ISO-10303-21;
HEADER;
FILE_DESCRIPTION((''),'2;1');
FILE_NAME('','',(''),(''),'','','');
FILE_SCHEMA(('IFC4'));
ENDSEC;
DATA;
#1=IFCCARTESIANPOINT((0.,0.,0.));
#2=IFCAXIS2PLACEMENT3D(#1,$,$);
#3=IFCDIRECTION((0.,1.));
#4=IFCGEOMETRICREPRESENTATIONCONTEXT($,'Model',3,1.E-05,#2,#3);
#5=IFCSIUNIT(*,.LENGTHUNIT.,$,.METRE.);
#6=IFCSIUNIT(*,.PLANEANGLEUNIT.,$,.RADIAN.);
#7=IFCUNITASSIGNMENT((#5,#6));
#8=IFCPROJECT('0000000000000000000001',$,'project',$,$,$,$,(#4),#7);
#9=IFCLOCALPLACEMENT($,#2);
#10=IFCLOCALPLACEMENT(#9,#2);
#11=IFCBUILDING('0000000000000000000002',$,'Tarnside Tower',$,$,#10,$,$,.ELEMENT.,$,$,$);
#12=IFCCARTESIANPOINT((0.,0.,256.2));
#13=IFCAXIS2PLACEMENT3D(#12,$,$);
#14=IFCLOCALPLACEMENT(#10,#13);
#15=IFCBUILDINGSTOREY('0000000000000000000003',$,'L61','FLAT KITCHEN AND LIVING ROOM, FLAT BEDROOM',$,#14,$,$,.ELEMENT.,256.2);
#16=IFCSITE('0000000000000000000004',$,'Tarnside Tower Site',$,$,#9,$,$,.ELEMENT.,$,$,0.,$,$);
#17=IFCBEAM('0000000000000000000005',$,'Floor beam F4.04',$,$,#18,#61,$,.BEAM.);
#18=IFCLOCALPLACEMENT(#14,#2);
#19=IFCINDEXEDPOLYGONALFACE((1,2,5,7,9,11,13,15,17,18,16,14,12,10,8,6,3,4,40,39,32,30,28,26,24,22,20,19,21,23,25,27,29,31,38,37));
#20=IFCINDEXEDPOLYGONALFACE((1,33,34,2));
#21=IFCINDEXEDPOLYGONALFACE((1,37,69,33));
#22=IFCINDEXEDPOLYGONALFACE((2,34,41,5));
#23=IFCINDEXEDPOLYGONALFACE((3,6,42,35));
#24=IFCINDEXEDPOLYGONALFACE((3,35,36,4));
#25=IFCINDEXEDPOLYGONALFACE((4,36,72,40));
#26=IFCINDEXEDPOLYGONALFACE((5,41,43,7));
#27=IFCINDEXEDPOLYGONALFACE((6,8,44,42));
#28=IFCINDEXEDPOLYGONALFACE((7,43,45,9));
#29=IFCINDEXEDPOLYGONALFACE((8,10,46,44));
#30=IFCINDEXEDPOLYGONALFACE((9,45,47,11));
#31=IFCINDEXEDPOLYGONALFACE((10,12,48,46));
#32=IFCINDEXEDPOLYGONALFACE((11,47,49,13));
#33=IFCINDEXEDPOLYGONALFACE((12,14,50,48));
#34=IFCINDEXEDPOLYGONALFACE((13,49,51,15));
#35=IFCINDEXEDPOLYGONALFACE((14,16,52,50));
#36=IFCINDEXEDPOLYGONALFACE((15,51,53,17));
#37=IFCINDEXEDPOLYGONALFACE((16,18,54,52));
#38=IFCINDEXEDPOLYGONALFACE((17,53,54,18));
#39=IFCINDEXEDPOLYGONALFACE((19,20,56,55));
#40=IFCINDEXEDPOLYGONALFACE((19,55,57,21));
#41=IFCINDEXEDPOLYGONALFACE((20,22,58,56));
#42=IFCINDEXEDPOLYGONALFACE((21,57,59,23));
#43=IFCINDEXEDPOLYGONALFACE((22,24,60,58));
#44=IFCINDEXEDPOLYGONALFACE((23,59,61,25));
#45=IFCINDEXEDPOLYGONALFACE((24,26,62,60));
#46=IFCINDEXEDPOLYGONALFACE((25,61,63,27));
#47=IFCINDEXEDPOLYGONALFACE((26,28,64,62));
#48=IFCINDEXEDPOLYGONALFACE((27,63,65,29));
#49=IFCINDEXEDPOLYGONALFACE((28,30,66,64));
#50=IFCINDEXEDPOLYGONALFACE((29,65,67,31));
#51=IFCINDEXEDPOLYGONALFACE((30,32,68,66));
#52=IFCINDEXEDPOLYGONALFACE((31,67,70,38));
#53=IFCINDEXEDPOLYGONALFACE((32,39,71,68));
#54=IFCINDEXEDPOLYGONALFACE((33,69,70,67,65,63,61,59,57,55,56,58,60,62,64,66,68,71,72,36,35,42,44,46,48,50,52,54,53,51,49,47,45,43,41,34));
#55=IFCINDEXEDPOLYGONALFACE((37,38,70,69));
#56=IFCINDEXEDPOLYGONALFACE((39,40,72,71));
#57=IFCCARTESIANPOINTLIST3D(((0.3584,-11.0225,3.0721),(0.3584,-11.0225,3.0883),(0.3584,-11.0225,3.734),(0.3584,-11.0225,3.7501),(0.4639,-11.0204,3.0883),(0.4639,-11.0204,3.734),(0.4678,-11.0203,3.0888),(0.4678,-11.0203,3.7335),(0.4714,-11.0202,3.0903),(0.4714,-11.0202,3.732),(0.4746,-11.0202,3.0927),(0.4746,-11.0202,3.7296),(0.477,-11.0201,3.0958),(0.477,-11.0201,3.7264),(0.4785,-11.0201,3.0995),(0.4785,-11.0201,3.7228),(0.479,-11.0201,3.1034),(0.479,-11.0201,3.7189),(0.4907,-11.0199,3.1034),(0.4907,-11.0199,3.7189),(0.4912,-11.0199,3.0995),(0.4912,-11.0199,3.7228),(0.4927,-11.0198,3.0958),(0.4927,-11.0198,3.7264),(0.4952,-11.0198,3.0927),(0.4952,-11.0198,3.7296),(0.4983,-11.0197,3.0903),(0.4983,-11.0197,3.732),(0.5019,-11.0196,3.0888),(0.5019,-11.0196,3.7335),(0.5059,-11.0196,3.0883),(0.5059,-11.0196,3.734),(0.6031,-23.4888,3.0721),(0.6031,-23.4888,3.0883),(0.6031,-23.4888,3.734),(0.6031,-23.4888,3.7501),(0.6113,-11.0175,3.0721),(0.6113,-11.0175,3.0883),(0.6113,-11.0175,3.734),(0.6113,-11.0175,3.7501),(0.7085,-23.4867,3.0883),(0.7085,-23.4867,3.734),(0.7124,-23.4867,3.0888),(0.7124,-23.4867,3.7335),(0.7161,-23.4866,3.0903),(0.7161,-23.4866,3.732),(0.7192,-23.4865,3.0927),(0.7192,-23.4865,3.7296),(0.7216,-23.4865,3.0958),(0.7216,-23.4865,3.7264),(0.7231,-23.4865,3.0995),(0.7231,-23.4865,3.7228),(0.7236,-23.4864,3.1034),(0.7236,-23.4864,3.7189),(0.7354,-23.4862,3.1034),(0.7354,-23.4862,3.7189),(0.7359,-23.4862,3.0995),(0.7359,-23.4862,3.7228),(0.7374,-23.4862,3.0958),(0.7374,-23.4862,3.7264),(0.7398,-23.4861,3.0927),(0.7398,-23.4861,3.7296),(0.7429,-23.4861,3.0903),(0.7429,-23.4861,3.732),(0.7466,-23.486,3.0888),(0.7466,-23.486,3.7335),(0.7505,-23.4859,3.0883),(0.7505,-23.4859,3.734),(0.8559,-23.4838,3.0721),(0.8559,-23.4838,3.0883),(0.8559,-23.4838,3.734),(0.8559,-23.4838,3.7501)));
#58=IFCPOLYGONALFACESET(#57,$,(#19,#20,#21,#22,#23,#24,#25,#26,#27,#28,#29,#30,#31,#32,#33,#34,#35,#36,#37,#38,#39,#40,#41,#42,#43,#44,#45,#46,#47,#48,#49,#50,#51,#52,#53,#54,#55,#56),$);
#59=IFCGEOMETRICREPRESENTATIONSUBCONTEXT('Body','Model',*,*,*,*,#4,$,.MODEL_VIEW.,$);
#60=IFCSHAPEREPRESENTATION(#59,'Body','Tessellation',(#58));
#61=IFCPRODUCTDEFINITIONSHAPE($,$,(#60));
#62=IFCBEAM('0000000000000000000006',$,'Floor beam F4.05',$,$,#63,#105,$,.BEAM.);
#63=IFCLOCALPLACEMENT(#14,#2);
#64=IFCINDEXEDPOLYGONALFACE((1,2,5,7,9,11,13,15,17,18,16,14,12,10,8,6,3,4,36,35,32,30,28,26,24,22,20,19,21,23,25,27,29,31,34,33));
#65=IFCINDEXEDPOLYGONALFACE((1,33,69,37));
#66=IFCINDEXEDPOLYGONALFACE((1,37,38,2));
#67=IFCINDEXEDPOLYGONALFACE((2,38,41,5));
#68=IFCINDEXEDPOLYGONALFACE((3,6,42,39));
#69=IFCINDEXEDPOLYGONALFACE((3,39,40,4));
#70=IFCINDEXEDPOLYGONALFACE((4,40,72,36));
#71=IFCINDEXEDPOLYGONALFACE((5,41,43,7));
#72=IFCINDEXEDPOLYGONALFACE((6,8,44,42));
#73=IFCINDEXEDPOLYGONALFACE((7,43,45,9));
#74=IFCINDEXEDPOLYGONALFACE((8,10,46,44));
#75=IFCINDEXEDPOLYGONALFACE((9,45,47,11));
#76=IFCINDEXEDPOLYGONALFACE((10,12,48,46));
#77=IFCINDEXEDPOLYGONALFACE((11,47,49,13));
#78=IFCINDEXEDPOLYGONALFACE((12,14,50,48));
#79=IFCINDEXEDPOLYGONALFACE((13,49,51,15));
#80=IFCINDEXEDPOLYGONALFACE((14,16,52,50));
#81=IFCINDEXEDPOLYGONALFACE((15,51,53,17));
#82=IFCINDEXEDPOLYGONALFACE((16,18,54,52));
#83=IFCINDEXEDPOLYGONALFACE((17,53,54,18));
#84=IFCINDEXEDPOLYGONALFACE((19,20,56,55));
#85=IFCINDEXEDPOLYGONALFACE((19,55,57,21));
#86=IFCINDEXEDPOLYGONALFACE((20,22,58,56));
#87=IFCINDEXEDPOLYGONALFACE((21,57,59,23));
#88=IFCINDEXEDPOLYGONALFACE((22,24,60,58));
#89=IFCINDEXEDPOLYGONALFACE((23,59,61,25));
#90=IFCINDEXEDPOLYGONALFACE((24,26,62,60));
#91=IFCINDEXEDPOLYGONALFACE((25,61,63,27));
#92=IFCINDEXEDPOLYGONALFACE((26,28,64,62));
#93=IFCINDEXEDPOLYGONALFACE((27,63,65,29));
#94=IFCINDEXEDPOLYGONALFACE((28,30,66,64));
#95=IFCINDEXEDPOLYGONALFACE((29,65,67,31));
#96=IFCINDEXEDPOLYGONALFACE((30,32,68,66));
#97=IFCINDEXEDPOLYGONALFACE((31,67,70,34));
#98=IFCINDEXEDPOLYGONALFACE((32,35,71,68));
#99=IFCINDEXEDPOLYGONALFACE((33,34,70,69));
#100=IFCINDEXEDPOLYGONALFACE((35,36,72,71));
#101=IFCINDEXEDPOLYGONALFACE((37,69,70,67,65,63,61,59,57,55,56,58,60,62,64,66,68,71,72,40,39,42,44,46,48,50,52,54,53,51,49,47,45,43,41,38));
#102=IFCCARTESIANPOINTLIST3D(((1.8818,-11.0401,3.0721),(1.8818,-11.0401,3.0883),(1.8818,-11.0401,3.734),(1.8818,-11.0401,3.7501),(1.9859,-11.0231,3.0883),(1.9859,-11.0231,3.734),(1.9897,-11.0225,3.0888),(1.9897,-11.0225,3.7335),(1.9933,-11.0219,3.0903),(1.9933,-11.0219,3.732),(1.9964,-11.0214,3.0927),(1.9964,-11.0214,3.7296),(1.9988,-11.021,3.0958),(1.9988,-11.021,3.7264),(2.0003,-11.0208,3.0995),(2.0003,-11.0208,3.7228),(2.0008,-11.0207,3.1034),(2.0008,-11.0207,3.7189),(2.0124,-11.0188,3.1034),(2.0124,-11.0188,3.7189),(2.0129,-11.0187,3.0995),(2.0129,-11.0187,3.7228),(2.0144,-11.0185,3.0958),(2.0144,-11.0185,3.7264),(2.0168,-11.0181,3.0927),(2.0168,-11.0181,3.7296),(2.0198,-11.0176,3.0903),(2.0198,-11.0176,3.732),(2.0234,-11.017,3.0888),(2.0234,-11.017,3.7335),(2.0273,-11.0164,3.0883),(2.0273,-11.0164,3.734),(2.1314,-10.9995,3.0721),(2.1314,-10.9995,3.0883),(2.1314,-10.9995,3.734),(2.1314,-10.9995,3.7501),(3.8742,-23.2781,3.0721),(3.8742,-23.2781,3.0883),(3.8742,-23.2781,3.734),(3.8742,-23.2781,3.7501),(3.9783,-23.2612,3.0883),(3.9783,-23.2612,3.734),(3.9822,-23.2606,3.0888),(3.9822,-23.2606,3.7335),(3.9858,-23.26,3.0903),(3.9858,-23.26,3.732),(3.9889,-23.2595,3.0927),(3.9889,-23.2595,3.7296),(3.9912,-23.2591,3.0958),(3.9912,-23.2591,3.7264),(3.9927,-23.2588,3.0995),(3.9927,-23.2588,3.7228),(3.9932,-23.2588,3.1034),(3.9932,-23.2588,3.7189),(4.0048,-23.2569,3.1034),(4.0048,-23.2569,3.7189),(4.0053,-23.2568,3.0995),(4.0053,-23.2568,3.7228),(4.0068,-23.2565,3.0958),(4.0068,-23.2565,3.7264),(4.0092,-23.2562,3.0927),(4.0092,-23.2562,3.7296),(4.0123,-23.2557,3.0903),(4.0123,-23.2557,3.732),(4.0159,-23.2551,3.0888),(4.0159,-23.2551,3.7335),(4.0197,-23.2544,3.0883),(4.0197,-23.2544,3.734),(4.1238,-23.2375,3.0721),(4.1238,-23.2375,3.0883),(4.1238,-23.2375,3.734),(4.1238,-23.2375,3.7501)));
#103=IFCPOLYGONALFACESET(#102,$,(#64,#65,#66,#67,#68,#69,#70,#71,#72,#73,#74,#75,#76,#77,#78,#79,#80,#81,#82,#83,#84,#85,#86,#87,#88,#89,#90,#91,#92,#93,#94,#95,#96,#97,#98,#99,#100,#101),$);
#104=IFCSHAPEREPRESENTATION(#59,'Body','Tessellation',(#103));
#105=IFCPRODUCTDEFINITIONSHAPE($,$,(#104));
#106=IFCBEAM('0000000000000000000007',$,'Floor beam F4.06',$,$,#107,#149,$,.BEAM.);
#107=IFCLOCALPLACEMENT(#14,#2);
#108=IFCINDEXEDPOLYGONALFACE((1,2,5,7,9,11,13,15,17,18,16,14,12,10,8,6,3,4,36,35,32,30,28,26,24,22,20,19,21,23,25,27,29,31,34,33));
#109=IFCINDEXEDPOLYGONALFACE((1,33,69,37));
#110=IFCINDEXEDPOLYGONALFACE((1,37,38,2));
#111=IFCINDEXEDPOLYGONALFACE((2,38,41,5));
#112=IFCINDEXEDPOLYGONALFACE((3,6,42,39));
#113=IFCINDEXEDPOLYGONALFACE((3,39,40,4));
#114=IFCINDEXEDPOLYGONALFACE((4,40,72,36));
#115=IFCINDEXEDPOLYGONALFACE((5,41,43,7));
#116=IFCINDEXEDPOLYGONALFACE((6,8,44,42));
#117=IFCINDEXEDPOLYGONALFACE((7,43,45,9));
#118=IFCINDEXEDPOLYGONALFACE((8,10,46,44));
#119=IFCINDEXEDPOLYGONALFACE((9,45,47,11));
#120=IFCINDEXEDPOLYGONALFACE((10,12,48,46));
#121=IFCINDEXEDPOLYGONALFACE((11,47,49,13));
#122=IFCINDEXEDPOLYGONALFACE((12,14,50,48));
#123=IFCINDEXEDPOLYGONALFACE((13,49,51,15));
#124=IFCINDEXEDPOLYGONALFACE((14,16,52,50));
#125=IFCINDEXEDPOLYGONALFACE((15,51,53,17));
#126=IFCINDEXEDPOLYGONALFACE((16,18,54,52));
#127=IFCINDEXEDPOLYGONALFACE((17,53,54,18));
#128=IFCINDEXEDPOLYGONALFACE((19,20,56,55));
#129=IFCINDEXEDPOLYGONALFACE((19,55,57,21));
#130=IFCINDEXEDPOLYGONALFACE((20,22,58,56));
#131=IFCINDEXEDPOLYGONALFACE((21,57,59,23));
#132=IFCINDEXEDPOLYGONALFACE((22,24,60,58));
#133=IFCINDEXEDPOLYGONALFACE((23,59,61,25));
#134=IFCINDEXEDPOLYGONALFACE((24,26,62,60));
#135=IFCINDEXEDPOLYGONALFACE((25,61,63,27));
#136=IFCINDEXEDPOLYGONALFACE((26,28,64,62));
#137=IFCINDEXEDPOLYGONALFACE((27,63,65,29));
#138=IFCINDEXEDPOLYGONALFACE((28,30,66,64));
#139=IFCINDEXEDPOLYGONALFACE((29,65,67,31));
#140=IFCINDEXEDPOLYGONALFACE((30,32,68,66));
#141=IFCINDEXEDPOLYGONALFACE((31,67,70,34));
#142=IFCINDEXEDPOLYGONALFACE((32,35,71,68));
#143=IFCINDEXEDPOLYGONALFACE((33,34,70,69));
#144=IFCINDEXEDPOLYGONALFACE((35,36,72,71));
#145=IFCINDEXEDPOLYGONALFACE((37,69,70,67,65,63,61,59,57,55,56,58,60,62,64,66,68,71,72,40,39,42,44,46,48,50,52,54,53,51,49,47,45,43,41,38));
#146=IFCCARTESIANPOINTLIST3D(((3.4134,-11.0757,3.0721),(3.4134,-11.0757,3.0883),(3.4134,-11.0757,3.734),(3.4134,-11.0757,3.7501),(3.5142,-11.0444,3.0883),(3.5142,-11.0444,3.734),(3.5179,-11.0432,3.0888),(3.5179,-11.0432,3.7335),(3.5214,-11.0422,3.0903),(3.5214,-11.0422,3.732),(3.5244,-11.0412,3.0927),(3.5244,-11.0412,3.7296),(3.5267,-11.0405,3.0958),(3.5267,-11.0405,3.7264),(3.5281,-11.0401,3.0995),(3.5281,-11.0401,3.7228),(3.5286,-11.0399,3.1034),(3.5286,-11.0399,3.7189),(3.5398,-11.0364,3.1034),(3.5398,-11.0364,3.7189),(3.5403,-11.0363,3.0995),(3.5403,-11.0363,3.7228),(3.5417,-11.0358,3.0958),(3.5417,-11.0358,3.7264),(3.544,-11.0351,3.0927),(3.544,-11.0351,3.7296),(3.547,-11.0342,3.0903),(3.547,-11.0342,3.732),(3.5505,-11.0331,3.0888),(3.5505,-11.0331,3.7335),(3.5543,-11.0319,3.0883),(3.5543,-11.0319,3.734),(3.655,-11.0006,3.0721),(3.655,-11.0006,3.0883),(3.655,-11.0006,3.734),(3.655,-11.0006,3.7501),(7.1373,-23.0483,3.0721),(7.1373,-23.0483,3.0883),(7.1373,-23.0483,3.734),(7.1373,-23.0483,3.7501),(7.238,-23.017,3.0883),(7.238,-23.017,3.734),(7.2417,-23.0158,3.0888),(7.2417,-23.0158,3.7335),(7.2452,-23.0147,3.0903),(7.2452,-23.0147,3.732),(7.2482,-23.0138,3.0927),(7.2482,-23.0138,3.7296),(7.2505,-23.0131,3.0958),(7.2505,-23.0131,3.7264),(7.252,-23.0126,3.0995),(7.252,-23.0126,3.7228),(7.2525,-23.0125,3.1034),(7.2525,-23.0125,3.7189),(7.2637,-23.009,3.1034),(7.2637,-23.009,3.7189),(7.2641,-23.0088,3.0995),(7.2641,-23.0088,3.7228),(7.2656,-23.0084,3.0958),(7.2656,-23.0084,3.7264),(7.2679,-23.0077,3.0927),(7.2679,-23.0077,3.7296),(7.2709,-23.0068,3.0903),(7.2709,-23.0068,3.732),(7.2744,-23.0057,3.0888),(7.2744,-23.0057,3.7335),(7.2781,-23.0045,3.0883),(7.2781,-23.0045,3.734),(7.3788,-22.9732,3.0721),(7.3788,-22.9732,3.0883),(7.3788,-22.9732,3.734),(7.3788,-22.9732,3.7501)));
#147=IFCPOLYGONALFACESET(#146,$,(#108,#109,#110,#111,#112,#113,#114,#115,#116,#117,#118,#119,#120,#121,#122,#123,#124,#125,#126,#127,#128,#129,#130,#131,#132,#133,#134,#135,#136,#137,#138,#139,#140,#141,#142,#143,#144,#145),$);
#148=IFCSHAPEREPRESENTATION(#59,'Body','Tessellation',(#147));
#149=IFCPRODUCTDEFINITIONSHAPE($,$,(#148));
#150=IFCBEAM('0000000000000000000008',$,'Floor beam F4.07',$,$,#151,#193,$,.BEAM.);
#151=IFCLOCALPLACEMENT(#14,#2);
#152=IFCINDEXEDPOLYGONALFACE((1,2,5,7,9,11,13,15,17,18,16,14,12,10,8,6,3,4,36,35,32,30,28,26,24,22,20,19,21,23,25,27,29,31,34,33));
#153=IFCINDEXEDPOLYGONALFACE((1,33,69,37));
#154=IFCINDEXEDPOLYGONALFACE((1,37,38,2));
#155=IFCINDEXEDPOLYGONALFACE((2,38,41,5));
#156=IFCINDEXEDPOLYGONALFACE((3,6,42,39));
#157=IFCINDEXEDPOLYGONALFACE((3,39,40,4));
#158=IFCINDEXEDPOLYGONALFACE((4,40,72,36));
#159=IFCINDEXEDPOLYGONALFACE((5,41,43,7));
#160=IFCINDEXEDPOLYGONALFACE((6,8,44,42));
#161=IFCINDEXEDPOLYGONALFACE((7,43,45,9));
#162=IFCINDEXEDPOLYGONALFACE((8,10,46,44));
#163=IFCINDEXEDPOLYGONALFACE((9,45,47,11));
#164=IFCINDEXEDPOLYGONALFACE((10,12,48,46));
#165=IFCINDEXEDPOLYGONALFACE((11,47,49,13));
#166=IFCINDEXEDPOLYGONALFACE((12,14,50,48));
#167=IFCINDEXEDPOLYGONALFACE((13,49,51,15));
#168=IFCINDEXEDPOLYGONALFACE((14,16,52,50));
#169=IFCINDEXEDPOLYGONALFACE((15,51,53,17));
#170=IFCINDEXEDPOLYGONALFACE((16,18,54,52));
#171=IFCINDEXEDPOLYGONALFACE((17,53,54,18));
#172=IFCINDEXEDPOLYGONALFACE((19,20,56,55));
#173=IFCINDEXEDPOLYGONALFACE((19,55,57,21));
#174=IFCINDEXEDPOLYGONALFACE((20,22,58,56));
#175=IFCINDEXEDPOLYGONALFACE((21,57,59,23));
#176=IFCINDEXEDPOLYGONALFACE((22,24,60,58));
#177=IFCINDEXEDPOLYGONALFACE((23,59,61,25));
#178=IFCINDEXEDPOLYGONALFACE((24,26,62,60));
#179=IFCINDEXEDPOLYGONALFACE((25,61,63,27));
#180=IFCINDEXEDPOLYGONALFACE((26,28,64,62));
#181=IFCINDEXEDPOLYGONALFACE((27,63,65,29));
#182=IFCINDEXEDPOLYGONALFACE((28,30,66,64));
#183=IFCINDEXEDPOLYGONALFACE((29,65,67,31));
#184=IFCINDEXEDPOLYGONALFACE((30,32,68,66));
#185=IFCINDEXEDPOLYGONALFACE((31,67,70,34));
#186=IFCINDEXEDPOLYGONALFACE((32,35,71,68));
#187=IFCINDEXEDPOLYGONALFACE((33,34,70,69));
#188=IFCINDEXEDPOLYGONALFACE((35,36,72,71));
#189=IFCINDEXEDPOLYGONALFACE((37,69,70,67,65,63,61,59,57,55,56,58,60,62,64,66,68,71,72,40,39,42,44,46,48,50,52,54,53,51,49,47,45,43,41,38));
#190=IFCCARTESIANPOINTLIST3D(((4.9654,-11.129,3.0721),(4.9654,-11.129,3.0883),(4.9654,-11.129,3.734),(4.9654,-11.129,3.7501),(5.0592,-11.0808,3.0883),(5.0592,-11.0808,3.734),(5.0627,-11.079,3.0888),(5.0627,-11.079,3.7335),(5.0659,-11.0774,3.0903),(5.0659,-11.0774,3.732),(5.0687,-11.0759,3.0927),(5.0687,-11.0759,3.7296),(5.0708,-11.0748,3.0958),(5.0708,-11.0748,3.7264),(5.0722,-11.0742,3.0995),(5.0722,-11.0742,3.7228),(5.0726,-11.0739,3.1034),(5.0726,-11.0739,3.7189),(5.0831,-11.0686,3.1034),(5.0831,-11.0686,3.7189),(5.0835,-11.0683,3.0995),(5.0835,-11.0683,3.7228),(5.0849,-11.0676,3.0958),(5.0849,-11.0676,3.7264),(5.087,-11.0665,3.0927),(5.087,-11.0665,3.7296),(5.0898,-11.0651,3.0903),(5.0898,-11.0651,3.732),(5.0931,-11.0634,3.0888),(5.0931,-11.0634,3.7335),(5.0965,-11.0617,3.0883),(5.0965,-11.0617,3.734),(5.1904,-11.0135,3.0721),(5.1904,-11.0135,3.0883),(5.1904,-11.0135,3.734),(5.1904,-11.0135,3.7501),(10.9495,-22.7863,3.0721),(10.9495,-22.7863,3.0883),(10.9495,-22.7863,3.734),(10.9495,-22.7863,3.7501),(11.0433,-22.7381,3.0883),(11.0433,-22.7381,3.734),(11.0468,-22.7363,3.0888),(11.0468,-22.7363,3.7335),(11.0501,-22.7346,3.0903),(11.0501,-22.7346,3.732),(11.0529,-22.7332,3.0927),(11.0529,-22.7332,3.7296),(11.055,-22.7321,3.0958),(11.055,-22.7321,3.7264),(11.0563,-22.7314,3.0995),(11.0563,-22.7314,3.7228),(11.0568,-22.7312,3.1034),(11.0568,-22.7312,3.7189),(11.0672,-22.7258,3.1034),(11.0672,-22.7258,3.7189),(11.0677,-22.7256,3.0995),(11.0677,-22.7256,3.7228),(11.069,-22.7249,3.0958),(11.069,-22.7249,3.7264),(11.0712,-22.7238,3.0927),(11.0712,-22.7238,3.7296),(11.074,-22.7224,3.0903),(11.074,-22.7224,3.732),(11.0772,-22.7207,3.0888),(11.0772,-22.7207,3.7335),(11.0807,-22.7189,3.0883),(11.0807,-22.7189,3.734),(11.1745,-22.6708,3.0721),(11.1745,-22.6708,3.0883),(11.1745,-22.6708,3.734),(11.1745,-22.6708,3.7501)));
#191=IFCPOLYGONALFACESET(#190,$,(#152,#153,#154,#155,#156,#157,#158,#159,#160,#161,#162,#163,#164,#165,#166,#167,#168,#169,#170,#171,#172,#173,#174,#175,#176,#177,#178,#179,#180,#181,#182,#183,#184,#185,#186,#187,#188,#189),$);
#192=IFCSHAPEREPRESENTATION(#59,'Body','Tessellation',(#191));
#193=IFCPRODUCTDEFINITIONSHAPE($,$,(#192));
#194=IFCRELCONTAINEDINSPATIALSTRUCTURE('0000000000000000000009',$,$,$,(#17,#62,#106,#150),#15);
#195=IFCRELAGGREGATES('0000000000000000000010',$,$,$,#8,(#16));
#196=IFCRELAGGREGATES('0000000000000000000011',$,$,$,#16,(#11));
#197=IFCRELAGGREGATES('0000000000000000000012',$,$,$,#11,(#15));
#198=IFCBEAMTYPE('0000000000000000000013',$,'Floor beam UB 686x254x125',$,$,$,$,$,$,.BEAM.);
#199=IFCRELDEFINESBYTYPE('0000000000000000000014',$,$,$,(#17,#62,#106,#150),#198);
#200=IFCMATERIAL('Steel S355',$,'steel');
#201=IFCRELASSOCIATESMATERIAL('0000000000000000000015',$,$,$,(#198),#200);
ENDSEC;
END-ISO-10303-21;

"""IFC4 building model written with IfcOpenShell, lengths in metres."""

from ifc_helpers import new_model, si_unit, direction, frame, origin, origin_2d, place, context, subcontext, project, spatial, i_section, extrude, material, material_profile, profile_set, type_object, element, save


model = new_model("IFC4")

# Units and contexts
model_context = context("Model", 3, precision=1e-05, world=origin(), true_north=direction((0.0, 1.0)))
body_context = subcontext(model_context, "Body", "Model", "MODEL_VIEW")
ifc_project = project(units=[si_unit("LENGTHUNIT", "METRE"), si_unit("PLANEANGLEUNIT", "RADIAN")], contexts=[model_context])

# Site, building, storey
site_placement = place(None, origin())
site = spatial("IfcSite", under=ifc_project, at=site_placement, Name="Tarnside Tower Site", CompositionType="ELEMENT", RefElevation=0.0)
building_placement = place(site_placement, origin())
building = spatial("IfcBuilding", under=site, at=building_placement, Name="Tarnside Tower", CompositionType="ELEMENT")
storey_placement = place(building_placement, frame((0.0, 0.0, 256.2)))
storey = spatial("IfcBuildingStorey", under=building, at=storey_placement, Name="L61", Description="FLAT KITCHEN AND LIVING ROOM, FLAT BEDROOM", CompositionType="ELEMENT", Elevation=256.2)

# Beams
ifc_material_1 = material(Name="Steel S355", Category="steel")
ifc_material_profile = material_profile(ifc_material_1, i_section(OverallWidth=0.2529, OverallDepth=0.678, WebThickness=0.0117, FlangeThickness=0.0161, FilletRadius=0.0151, at=origin_2d()), Name="UB 686x254x125")
ifc_profile_set = profile_set([ifc_material_profile], Name="Steel S355")
beam_type = type_object("IfcBeamType", Name="Floor beam UB 686x254x125", PredefinedType="BEAM", material=ifc_profile_set)
beam_1_placement = place(storey_placement, frame((0.7295, -23.4863, 3.4111), z_axis=(-0.019619, 0.999808, 0.0), x_axis=(-0.999808, -0.019619, 0.0)))
element("IfcBeam", 1, at=beam_1_placement, inside=storey, type_object=beam_type, Name="Floor beam F4.04", PredefinedType="BEAM", context=body_context, shape_type="SweptSolid", body=[
    extrude(i_section(OverallWidth=0.2529, OverallDepth=0.678, WebThickness=0.0117, FlangeThickness=0.0161, FilletRadius=0.0151, at=origin_2d()), origin(), (0.0, 0.0, 1.0), 12.4688),
])
beam_2_placement = place(storey_placement, frame((3.999, -23.2578, 3.4111), z_axis=(-0.160691, 0.987005, 0.0), x_axis=(-0.987005, -0.160691, 0.0)))
element("IfcBeam", 2, at=beam_2_placement, inside=storey, type_object=beam_type, Name="Floor beam F4.05", PredefinedType="BEAM", context=body_context, shape_type="SweptSolid", body=[
    extrude(i_section(OverallWidth=0.2529, OverallDepth=0.678, WebThickness=0.0117, FlangeThickness=0.0161, FilletRadius=0.0151, at=origin_2d()), origin(), (0.0, 0.0, 1.0), 12.3992),
])
beam_3_placement = place(storey_placement, frame((7.2581, -23.0107, 3.4111), z_axis=(-0.296998, 0.954878, 0.0), x_axis=(-0.954878, -0.296998, 0.0)))
element("IfcBeam", 3, at=beam_3_placement, inside=storey, type_object=beam_type, Name="Floor beam F4.06", PredefinedType="BEAM", context=body_context, shape_type="SweptSolid", body=[
    extrude(i_section(OverallWidth=0.2529, OverallDepth=0.678, WebThickness=0.0117, FlangeThickness=0.0161, FilletRadius=0.0151, at=origin_2d()), origin(), (0.0, 0.0, 1.0), 12.5383),
])
beam_4_placement = place(storey_placement, frame((11.062, -22.7285, 3.4111), z_axis=(-0.456683, 0.889629, 0.0), x_axis=(-0.889629, -0.456683, 0.0)))
element("IfcBeam", 4, at=beam_4_placement, inside=storey, type_object=beam_type, Name="Floor beam F4.07", PredefinedType="BEAM", context=body_context, shape_type="SweptSolid", body=[
    extrude(i_section(OverallWidth=0.2529, OverallDepth=0.678, WebThickness=0.0117, FlangeThickness=0.0161, FilletRadius=0.0151, at=origin_2d()), origin(), (0.0, 0.0, 1.0), 13.1035),
])

save(model, "model.ifc")
